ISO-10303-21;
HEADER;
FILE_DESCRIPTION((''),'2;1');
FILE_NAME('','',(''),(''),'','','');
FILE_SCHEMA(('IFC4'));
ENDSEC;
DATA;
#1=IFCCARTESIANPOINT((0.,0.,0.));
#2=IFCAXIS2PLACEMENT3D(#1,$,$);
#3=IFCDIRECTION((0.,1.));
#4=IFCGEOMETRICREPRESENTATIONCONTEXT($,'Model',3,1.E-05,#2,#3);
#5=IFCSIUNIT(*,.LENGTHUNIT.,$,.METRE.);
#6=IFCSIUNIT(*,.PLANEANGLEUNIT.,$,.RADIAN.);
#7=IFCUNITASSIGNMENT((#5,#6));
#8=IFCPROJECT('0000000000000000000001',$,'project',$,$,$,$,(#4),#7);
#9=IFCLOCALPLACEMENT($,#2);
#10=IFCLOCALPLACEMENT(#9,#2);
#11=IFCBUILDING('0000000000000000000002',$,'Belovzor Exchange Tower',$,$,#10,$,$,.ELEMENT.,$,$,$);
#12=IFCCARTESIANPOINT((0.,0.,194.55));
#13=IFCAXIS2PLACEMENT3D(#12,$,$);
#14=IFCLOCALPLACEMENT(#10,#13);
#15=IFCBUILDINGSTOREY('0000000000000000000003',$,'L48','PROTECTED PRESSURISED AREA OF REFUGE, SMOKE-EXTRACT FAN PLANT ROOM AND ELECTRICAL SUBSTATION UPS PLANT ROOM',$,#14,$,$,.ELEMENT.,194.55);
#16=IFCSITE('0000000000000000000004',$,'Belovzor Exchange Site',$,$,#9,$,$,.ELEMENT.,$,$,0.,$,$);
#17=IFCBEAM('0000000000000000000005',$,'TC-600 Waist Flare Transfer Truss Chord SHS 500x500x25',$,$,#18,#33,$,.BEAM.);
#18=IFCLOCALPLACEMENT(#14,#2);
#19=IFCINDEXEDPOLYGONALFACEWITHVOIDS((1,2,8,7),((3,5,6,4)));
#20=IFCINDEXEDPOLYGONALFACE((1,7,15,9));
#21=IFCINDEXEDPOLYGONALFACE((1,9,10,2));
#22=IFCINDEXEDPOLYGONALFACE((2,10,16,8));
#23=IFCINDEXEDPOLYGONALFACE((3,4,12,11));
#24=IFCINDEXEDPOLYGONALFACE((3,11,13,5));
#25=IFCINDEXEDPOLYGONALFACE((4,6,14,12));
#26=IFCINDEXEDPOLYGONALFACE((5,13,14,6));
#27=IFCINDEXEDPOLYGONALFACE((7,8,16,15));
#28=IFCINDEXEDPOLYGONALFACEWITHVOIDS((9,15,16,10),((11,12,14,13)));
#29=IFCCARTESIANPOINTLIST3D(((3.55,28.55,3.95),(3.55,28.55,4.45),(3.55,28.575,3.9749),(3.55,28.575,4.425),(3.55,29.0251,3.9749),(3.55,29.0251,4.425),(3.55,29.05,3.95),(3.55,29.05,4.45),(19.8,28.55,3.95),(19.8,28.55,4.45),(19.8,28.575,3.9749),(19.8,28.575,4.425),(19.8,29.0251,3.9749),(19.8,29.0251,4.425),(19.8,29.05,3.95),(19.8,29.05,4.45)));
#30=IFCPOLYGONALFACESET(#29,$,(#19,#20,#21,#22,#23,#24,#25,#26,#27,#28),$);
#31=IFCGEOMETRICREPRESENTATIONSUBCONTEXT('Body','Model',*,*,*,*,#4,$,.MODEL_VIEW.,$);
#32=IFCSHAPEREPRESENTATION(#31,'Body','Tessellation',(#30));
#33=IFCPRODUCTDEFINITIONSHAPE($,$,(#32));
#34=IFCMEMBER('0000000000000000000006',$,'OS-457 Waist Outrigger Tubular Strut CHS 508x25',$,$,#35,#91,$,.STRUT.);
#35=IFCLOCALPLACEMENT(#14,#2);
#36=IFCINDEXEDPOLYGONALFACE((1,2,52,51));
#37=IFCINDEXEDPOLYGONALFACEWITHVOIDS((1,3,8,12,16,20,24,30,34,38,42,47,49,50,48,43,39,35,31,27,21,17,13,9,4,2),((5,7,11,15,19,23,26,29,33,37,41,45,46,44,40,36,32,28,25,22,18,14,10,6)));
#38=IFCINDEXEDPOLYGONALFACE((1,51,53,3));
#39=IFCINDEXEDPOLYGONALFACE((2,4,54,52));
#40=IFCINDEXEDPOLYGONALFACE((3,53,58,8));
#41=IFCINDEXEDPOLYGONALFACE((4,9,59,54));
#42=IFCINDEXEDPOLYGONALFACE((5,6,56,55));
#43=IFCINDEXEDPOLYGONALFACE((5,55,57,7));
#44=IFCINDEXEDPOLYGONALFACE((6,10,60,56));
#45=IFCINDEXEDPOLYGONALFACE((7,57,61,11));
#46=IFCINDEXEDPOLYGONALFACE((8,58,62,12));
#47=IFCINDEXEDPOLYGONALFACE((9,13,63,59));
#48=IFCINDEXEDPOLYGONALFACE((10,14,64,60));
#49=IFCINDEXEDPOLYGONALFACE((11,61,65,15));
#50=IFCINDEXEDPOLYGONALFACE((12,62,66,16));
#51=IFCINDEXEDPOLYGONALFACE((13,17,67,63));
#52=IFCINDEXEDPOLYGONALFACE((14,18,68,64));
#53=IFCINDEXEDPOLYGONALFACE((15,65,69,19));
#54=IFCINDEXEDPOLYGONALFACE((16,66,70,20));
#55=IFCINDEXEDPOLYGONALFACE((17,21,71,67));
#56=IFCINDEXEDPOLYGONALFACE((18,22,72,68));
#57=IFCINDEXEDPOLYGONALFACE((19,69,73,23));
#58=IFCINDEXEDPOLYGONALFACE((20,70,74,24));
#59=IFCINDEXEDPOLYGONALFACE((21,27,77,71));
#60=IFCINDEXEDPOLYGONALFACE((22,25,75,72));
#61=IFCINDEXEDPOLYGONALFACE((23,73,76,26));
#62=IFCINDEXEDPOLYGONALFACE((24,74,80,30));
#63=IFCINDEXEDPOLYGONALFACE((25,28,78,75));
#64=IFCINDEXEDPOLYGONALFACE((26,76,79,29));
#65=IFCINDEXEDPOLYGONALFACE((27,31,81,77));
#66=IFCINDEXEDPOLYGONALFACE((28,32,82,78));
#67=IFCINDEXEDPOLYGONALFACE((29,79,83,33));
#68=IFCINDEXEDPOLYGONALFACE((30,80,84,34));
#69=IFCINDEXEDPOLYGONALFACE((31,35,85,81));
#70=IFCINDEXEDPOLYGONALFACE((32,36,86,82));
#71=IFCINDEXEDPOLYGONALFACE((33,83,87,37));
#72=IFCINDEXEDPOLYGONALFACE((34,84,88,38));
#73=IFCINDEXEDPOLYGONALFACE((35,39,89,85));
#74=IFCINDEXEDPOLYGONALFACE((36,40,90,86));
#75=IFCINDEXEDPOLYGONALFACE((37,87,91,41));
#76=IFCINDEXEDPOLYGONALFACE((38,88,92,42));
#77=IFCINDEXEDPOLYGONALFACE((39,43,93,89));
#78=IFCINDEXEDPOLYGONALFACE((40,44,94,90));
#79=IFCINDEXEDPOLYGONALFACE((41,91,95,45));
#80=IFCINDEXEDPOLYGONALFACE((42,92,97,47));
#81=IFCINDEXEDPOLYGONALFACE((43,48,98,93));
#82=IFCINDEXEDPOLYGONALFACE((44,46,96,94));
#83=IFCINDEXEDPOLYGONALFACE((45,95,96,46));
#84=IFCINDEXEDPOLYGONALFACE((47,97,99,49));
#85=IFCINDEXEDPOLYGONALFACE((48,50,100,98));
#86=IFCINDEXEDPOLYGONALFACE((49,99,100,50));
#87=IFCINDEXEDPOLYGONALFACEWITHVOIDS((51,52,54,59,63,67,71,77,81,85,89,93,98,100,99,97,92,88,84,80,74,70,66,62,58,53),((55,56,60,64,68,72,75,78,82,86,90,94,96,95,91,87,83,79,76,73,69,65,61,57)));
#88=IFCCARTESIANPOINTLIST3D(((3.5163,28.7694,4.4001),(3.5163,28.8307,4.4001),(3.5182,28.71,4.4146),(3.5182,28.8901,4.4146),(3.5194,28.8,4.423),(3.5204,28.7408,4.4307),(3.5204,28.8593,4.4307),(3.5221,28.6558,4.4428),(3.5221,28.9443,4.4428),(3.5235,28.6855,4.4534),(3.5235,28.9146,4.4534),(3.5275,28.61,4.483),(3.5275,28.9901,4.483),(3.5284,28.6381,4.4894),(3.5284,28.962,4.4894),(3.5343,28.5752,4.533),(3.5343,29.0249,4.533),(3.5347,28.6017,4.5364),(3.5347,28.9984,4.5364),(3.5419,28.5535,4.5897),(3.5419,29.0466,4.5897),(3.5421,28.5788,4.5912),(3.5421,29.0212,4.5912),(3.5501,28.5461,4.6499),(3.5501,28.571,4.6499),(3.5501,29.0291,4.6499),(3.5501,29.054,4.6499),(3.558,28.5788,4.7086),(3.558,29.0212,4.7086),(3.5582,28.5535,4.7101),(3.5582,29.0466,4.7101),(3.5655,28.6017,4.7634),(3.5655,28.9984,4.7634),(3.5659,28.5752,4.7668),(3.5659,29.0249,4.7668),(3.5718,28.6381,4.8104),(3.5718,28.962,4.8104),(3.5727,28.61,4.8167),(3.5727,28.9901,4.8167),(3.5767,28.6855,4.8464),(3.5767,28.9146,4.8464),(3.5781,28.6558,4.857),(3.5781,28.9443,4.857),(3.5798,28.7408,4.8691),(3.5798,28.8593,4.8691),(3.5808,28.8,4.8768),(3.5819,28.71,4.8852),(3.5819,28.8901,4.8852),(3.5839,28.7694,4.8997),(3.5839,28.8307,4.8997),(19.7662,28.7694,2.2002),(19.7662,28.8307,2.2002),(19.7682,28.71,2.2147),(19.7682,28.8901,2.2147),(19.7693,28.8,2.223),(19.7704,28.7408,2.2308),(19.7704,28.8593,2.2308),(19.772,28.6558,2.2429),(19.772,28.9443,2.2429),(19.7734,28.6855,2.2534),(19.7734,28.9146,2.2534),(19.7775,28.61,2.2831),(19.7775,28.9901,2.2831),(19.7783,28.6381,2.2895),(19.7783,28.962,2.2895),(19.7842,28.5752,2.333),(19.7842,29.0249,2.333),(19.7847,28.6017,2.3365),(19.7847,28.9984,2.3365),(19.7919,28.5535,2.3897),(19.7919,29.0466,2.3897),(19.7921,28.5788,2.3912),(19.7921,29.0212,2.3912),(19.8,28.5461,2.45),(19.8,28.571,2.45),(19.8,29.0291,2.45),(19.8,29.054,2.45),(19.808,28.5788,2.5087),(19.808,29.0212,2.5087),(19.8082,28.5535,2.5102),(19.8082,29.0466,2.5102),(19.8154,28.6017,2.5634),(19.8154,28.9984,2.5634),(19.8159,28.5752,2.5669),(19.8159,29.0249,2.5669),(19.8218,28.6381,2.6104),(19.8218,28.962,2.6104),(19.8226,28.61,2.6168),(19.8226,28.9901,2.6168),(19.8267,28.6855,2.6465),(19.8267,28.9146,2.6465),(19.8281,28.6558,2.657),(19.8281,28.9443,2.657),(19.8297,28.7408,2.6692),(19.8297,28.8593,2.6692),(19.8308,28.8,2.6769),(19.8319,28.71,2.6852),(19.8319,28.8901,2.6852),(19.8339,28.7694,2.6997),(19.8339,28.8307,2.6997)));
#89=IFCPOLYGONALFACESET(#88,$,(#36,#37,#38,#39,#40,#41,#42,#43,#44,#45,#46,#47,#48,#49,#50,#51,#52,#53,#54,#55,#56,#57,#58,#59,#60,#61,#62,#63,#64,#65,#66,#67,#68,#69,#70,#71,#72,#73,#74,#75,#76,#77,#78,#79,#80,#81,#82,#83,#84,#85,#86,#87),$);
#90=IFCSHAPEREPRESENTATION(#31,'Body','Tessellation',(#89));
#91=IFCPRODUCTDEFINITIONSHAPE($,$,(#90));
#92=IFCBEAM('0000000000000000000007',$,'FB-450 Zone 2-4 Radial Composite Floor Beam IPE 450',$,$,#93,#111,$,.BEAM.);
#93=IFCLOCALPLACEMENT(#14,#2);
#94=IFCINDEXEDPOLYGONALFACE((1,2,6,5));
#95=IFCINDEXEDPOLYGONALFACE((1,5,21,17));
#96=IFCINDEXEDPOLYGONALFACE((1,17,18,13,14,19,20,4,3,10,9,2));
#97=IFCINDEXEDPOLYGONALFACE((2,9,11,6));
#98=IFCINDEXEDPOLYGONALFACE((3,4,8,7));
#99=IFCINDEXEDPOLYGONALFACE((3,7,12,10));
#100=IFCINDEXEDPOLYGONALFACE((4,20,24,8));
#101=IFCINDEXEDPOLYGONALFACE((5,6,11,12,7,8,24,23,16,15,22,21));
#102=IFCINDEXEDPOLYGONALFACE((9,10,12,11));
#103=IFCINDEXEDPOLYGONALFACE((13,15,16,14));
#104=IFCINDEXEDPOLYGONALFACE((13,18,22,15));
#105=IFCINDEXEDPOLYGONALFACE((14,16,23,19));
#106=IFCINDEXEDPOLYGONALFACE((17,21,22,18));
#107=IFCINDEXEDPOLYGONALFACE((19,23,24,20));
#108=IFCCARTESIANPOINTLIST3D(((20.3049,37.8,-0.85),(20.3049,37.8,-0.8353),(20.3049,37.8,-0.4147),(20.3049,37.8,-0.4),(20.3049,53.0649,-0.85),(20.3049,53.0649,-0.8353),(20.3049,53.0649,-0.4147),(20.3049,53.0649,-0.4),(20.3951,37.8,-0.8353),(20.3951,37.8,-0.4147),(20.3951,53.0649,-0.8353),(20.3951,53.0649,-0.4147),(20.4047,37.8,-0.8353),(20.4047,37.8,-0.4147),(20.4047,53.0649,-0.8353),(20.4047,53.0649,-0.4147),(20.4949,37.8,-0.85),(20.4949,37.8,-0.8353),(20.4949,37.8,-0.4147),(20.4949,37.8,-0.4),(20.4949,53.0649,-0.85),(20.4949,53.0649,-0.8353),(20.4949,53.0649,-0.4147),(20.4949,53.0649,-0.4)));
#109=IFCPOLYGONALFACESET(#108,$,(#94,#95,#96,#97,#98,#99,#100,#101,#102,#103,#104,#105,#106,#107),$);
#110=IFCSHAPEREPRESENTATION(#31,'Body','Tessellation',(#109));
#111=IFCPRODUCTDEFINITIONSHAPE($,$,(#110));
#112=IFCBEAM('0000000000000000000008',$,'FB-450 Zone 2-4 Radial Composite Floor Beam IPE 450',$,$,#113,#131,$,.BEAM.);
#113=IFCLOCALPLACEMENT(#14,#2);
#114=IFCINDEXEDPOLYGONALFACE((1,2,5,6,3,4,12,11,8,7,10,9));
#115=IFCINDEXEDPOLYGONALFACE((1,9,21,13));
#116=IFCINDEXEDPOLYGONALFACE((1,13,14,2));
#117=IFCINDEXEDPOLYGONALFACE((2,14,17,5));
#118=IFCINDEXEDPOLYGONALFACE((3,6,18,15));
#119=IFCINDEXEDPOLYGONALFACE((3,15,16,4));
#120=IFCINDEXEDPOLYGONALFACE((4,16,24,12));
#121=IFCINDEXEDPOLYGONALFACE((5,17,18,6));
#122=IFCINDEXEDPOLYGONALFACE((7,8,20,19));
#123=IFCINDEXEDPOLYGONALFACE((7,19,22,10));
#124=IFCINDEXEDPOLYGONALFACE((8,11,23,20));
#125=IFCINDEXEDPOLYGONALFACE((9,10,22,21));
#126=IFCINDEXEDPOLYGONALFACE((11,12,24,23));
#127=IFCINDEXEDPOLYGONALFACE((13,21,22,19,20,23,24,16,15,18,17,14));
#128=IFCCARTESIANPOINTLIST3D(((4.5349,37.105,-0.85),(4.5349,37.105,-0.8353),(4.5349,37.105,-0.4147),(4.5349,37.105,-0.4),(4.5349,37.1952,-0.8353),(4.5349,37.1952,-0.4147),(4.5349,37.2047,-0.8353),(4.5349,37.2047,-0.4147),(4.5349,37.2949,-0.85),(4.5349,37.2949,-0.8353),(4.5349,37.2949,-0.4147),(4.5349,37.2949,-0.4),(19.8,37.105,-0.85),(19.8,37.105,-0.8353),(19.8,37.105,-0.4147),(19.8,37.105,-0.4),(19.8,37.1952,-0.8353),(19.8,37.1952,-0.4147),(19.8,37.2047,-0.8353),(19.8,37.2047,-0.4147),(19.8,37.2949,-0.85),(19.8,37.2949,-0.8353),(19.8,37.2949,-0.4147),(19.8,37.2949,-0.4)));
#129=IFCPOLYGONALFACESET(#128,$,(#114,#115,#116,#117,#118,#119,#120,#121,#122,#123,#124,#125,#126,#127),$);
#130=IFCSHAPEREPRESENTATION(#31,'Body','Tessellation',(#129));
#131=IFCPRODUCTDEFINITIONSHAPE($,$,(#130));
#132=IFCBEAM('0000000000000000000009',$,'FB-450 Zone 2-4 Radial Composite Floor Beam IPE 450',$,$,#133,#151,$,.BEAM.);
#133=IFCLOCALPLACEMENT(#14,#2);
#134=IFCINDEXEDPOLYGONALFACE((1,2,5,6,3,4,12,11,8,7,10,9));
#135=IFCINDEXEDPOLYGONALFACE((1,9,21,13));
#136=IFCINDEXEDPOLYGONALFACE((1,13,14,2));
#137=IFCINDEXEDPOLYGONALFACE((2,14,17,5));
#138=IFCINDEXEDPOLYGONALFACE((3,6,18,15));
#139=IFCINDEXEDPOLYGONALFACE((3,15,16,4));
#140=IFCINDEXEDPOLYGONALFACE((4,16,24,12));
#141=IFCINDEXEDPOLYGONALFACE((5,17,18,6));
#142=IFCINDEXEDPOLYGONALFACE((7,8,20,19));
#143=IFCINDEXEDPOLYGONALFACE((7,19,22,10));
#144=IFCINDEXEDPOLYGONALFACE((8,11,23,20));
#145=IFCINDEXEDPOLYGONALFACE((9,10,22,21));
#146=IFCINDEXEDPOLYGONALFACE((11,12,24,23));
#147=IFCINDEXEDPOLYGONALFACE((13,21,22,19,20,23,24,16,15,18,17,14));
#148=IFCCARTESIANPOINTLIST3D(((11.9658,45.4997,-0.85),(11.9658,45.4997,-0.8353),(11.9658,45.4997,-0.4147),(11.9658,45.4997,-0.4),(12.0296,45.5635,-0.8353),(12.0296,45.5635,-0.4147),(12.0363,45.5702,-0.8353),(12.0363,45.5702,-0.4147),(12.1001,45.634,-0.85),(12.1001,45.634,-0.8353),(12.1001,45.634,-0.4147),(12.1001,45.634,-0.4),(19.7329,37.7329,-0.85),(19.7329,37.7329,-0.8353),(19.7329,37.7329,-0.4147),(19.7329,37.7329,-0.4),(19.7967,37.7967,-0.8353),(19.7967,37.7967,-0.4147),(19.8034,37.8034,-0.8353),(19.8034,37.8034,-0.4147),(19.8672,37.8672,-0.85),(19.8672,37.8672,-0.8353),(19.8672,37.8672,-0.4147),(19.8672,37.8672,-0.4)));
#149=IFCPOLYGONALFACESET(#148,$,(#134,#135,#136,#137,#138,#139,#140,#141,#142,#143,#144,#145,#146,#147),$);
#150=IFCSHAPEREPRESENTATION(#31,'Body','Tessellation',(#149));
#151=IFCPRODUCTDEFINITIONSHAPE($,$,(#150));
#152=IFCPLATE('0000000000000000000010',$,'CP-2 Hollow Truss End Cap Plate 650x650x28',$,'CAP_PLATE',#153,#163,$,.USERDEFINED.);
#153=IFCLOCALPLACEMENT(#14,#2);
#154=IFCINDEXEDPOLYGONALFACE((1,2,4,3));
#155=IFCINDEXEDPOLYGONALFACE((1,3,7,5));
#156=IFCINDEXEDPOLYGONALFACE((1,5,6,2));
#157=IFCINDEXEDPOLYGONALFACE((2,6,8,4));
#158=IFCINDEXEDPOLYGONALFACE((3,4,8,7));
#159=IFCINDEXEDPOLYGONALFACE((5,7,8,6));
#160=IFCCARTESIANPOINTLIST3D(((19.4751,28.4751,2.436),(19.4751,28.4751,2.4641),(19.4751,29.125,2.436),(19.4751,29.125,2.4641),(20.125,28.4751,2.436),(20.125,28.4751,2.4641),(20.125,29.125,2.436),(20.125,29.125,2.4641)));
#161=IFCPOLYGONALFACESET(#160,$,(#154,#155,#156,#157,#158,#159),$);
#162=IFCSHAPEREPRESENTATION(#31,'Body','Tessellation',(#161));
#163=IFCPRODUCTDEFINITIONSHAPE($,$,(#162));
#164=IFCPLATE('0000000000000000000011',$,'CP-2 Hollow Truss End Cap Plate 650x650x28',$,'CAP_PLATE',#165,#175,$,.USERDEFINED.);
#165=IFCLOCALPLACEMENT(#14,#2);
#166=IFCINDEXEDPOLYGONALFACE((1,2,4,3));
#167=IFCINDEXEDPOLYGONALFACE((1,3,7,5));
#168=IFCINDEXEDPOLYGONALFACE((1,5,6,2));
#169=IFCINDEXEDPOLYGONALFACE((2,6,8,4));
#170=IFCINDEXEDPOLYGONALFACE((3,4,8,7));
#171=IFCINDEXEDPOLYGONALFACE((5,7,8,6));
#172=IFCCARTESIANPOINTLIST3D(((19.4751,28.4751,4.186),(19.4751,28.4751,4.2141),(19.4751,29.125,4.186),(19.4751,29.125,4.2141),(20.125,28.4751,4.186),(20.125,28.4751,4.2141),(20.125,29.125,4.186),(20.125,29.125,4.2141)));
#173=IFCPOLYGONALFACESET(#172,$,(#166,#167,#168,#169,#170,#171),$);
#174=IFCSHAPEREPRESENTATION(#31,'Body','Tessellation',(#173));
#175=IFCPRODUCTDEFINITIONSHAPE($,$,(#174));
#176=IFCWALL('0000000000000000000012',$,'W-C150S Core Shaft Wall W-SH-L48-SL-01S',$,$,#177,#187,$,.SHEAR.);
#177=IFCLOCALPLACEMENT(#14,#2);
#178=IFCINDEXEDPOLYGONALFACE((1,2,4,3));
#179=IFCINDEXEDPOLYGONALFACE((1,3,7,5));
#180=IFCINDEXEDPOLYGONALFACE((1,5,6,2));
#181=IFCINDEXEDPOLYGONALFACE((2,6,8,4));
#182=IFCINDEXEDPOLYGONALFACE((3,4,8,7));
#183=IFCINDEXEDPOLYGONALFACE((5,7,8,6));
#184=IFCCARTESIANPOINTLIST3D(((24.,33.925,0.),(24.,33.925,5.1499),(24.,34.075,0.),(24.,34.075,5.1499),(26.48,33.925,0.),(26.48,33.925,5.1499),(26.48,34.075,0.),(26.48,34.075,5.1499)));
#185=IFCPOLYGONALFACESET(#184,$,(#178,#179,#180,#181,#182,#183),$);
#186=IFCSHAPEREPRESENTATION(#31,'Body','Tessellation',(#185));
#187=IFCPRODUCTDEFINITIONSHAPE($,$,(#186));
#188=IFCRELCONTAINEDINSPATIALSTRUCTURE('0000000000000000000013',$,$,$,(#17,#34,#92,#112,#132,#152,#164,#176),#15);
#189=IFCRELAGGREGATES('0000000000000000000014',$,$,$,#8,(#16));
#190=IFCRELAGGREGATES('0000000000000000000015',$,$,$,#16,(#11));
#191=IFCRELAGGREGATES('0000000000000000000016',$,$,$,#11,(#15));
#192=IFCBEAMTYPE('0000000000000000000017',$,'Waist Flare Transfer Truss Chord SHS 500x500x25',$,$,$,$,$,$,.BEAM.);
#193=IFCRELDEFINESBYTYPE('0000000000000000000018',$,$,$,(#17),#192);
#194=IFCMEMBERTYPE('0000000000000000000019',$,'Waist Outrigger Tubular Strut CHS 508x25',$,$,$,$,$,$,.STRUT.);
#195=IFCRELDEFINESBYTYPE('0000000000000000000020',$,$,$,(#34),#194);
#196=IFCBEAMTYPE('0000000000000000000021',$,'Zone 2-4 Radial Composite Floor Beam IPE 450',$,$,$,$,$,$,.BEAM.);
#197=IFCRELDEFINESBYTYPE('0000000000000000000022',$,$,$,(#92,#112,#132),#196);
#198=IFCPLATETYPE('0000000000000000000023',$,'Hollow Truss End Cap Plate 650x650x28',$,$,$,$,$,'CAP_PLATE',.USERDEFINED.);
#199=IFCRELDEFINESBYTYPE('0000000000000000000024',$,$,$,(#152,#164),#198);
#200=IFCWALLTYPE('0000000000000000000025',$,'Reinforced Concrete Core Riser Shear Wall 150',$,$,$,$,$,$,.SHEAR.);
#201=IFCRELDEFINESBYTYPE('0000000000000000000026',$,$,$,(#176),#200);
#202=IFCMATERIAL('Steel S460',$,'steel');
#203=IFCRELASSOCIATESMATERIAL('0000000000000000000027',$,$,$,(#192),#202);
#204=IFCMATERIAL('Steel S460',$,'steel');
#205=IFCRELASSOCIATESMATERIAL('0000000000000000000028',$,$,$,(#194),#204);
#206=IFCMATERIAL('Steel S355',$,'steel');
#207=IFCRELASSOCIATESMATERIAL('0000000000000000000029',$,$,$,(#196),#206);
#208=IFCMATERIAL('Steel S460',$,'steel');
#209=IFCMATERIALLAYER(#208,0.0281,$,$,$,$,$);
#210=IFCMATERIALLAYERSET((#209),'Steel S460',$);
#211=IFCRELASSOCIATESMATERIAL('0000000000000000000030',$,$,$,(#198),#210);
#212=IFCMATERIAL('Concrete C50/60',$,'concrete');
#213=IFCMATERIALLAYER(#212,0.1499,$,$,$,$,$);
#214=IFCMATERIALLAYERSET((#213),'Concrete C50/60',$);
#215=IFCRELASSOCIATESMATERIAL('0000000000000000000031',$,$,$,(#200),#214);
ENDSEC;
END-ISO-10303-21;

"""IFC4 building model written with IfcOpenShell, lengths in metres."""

from ifc_helpers import new_model, si_unit, direction, frame, frame_2d, origin, origin_2d, place, context, subcontext, project, spatial, rectangle, hollow_rectangle, hollow_circle, i_section, extrude, material, layer, layer_set, material_profile, profile_set, type_object, element, save


model = new_model("IFC4")

# Units and contexts
model_context = context("Model", 3, precision=1e-05, world=origin(), true_north=direction((0.0, 1.0)))
body_context = subcontext(model_context, "Body", "Model", "MODEL_VIEW")
ifc_project = project(units=[si_unit("LENGTHUNIT", "METRE"), si_unit("PLANEANGLEUNIT", "RADIAN")], contexts=[model_context])

# Site, building, storey
site_placement = place(None, origin())
site = spatial("IfcSite", under=ifc_project, at=site_placement, Name="Belovzor Exchange Site", CompositionType="ELEMENT", RefElevation=0.0)
building_placement = place(site_placement, origin())
building = spatial("IfcBuilding", under=site, at=building_placement, Name="Belovzor Exchange Tower", CompositionType="ELEMENT")
storey_placement = place(building_placement, frame((0.0, 0.0, 194.55)))
storey = spatial("IfcBuildingStorey", under=building, at=storey_placement, Name="L48", Description="PROTECTED PRESSURISED AREA OF REFUGE, SMOKE-EXTRACT FAN PLANT ROOM AND ELECTRICAL SUBSTATION UPS PLANT ROOM", CompositionType="ELEMENT", Elevation=194.55)

# Beam
ifc_material_1 = material(Name="Steel S460", Category="steel")
ifc_material_profile_1 = material_profile(ifc_material_1, hollow_rectangle(XDim=0.5, YDim=0.5, WallThickness=0.0249, at=origin_2d()))
ifc_profile_set_1 = profile_set([ifc_material_profile_1], Name="Steel S460")
beam_type_1 = type_object("IfcBeamType", Name="Waist Flare Transfer Truss Chord SHS 500x500x25", PredefinedType="BEAM", material=ifc_profile_set_1)
beam_1_placement = place(storey_placement, frame((19.8, 28.8, 4.2), z_axis=(-1.0, 0.0, 0.0), x_axis=(0.0, -1.0, 0.0)))
element("IfcBeam", 1, at=beam_1_placement, inside=storey, type_object=beam_type_1, Name="TC-600 Waist Flare Transfer Truss Chord SHS 500x500x25", PredefinedType="BEAM", context=body_context, shape_type="SweptSolid", body=[
    extrude(hollow_rectangle(XDim=0.5, YDim=0.5, WallThickness=0.0249, at=origin_2d()), origin(), (0.0, 0.0, 1.0), 16.25),
])

# Member
ifc_material_2 = material(Name="Steel S460", Category="steel")
ifc_material_profile_2 = material_profile(ifc_material_2, hollow_circle(Radius=0.2539, WallThickness=0.0249, at=origin_2d()))
ifc_profile_set_2 = profile_set([ifc_material_profile_2], Name="Steel S460")
member_type = type_object("IfcMemberType", Name="Waist Outrigger Tubular Strut CHS 508x25", PredefinedType="STRUT", material=ifc_profile_set_2)
member_placement = place(storey_placement, frame((19.8, 28.8, 2.45), z_axis=(-0.99096, 0.0, 0.134158), x_axis=(0.0, -1.0, 0.0)))
element("IfcMember", 2, at=member_placement, inside=storey, type_object=member_type, Name="OS-457 Waist Outrigger Tubular Strut CHS 508x25", PredefinedType="STRUT", context=body_context, shape_type="SweptSolid", body=[
    extrude(hollow_circle(Radius=0.2539, WallThickness=0.0249, at=origin_2d()), origin(), (0.0, 0.0, 1.0), 16.3982),
])

# Beams
ifc_material_3 = material(Name="Steel S355", Category="steel")
ifc_material_profile_3 = material_profile(ifc_material_3, i_section(OverallWidth=0.1899, OverallDepth=0.45, WebThickness=0.0095, FlangeThickness=0.0146, at=origin_2d()))
ifc_profile_set_3 = profile_set([ifc_material_profile_3], Name="Steel S355")
beam_type_2 = type_object("IfcBeamType", Name="Zone 2-4 Radial Composite Floor Beam IPE 450", PredefinedType="BEAM", material=ifc_profile_set_3)
beam_2_placement = place(storey_placement, frame((20.3999, 37.8, -0.625), z_axis=(0.0, 1.0, 0.0), x_axis=(-1.0, 0.0, 0.0)))
element("IfcBeam", 3, at=beam_2_placement, inside=storey, type_object=beam_type_2, Name="FB-450 Zone 2-4 Radial Composite Floor Beam IPE 450", PredefinedType="BEAM", context=body_context, shape_type="SweptSolid", body=[
    extrude(i_section(OverallWidth=0.1899, OverallDepth=0.45, WebThickness=0.0095, FlangeThickness=0.0146, at=origin_2d()), origin(), (0.0, 0.0, 1.0), 15.2649),
])
beam_3_placement = place(storey_placement, frame((19.8, 37.2, -0.625), z_axis=(-1.0, 0.0, 0.0), x_axis=(0.0, -1.0, 0.0)))
element("IfcBeam", 4, at=beam_3_placement, inside=storey, type_object=beam_type_2, Name="FB-450 Zone 2-4 Radial Composite Floor Beam IPE 450", PredefinedType="BEAM", context=body_context, shape_type="SweptSolid", body=[
    extrude(i_section(OverallWidth=0.1899, OverallDepth=0.45, WebThickness=0.0095, FlangeThickness=0.0146, at=origin_2d()), origin(), (0.0, 0.0, 1.0), 15.2651),
])
beam_4_placement = place(storey_placement, frame((19.8, 37.8, -0.625), z_axis=(-0.707118, 0.707096, 0.0), x_axis=(-0.707096, -0.707118, 0.0)))
element("IfcBeam", 5, at=beam_4_placement, inside=storey, type_object=beam_type_2, Name="FB-450 Zone 2-4 Radial Composite Floor Beam IPE 450", PredefinedType="BEAM", context=body_context, shape_type="SweptSolid", body=[
    extrude(i_section(OverallWidth=0.1899, OverallDepth=0.45, WebThickness=0.0095, FlangeThickness=0.0146, at=origin_2d()), origin(), (0.0, 0.0, 1.0), 10.9841),
])

# Plates
ifc_material_4 = material(Name="Steel S460", Category="steel")
ifc_layer_1 = layer(ifc_material_4, 0.0281)
ifc_layer_set_1 = layer_set([ifc_layer_1], Name="Steel S460")
plate_type = type_object("IfcPlateType", Name="Hollow Truss End Cap Plate 650x650x28", ElementType="CAP_PLATE", PredefinedType="USERDEFINED", material=ifc_layer_set_1)
for number, where, z_axis, x_axis, name in (
    (6, (19.8, 28.8, 2.436), (0.0, 0.0, 1.0), (1.0, 0.0, 0.0), "CP-2 Hollow Truss End Cap Plate 650x650x28"),
    (7, (19.8, 28.8, 4.186), (0.0, 0.0, 1.0), (1.0, 0.0, 0.0), "CP-2 Hollow Truss End Cap Plate 650x650x28"),
):
    element("IfcPlate", number, at=place(storey_placement, frame(where, z_axis=z_axis, x_axis=x_axis)), inside=storey, type_object=plate_type, Name=name, ObjectType="CAP_PLATE", PredefinedType="USERDEFINED", context=body_context, shape_type="SweptSolid", body=[
        extrude(rectangle(XDim=0.6499, YDim=0.6499, at=origin_2d()), origin(), (0.0, 0.0, 1.0), 0.0281),
    ])

# Wall
ifc_material_5 = material(Name="Concrete C50/60", Category="concrete")
ifc_layer_2 = layer(ifc_material_5, 0.1499)
ifc_layer_set_2 = layer_set([ifc_layer_2], Name="Concrete C50/60")
wall_type_1 = type_object("IfcWallType", Name="Reinforced Concrete Core Riser Shear Wall 150", PredefinedType="SHEAR", material=ifc_layer_set_2)
for number, where, z_axis, x_axis, name in (
    (8, (24.0, 34.0, 0.0), (0.0, 0.0, 1.0), (1.0, 0.0, 0.0), "W-C150S Core Shaft Wall W-SH-L48-SL-01S"),
):
    element("IfcWall", number, at=place(storey_placement, frame(where, z_axis=z_axis, x_axis=x_axis)), inside=storey, type_object=wall_type_1, Name=name, PredefinedType="SHEAR", context=body_context, shape_type="SweptSolid", body=[
        extrude(rectangle(XDim=2.48, YDim=0.1499, at=frame_2d((1.24, 0.0))), origin(), (0.0, 0.0, 1.0), 5.1499),
    ])

save(model, "model.ifc")
